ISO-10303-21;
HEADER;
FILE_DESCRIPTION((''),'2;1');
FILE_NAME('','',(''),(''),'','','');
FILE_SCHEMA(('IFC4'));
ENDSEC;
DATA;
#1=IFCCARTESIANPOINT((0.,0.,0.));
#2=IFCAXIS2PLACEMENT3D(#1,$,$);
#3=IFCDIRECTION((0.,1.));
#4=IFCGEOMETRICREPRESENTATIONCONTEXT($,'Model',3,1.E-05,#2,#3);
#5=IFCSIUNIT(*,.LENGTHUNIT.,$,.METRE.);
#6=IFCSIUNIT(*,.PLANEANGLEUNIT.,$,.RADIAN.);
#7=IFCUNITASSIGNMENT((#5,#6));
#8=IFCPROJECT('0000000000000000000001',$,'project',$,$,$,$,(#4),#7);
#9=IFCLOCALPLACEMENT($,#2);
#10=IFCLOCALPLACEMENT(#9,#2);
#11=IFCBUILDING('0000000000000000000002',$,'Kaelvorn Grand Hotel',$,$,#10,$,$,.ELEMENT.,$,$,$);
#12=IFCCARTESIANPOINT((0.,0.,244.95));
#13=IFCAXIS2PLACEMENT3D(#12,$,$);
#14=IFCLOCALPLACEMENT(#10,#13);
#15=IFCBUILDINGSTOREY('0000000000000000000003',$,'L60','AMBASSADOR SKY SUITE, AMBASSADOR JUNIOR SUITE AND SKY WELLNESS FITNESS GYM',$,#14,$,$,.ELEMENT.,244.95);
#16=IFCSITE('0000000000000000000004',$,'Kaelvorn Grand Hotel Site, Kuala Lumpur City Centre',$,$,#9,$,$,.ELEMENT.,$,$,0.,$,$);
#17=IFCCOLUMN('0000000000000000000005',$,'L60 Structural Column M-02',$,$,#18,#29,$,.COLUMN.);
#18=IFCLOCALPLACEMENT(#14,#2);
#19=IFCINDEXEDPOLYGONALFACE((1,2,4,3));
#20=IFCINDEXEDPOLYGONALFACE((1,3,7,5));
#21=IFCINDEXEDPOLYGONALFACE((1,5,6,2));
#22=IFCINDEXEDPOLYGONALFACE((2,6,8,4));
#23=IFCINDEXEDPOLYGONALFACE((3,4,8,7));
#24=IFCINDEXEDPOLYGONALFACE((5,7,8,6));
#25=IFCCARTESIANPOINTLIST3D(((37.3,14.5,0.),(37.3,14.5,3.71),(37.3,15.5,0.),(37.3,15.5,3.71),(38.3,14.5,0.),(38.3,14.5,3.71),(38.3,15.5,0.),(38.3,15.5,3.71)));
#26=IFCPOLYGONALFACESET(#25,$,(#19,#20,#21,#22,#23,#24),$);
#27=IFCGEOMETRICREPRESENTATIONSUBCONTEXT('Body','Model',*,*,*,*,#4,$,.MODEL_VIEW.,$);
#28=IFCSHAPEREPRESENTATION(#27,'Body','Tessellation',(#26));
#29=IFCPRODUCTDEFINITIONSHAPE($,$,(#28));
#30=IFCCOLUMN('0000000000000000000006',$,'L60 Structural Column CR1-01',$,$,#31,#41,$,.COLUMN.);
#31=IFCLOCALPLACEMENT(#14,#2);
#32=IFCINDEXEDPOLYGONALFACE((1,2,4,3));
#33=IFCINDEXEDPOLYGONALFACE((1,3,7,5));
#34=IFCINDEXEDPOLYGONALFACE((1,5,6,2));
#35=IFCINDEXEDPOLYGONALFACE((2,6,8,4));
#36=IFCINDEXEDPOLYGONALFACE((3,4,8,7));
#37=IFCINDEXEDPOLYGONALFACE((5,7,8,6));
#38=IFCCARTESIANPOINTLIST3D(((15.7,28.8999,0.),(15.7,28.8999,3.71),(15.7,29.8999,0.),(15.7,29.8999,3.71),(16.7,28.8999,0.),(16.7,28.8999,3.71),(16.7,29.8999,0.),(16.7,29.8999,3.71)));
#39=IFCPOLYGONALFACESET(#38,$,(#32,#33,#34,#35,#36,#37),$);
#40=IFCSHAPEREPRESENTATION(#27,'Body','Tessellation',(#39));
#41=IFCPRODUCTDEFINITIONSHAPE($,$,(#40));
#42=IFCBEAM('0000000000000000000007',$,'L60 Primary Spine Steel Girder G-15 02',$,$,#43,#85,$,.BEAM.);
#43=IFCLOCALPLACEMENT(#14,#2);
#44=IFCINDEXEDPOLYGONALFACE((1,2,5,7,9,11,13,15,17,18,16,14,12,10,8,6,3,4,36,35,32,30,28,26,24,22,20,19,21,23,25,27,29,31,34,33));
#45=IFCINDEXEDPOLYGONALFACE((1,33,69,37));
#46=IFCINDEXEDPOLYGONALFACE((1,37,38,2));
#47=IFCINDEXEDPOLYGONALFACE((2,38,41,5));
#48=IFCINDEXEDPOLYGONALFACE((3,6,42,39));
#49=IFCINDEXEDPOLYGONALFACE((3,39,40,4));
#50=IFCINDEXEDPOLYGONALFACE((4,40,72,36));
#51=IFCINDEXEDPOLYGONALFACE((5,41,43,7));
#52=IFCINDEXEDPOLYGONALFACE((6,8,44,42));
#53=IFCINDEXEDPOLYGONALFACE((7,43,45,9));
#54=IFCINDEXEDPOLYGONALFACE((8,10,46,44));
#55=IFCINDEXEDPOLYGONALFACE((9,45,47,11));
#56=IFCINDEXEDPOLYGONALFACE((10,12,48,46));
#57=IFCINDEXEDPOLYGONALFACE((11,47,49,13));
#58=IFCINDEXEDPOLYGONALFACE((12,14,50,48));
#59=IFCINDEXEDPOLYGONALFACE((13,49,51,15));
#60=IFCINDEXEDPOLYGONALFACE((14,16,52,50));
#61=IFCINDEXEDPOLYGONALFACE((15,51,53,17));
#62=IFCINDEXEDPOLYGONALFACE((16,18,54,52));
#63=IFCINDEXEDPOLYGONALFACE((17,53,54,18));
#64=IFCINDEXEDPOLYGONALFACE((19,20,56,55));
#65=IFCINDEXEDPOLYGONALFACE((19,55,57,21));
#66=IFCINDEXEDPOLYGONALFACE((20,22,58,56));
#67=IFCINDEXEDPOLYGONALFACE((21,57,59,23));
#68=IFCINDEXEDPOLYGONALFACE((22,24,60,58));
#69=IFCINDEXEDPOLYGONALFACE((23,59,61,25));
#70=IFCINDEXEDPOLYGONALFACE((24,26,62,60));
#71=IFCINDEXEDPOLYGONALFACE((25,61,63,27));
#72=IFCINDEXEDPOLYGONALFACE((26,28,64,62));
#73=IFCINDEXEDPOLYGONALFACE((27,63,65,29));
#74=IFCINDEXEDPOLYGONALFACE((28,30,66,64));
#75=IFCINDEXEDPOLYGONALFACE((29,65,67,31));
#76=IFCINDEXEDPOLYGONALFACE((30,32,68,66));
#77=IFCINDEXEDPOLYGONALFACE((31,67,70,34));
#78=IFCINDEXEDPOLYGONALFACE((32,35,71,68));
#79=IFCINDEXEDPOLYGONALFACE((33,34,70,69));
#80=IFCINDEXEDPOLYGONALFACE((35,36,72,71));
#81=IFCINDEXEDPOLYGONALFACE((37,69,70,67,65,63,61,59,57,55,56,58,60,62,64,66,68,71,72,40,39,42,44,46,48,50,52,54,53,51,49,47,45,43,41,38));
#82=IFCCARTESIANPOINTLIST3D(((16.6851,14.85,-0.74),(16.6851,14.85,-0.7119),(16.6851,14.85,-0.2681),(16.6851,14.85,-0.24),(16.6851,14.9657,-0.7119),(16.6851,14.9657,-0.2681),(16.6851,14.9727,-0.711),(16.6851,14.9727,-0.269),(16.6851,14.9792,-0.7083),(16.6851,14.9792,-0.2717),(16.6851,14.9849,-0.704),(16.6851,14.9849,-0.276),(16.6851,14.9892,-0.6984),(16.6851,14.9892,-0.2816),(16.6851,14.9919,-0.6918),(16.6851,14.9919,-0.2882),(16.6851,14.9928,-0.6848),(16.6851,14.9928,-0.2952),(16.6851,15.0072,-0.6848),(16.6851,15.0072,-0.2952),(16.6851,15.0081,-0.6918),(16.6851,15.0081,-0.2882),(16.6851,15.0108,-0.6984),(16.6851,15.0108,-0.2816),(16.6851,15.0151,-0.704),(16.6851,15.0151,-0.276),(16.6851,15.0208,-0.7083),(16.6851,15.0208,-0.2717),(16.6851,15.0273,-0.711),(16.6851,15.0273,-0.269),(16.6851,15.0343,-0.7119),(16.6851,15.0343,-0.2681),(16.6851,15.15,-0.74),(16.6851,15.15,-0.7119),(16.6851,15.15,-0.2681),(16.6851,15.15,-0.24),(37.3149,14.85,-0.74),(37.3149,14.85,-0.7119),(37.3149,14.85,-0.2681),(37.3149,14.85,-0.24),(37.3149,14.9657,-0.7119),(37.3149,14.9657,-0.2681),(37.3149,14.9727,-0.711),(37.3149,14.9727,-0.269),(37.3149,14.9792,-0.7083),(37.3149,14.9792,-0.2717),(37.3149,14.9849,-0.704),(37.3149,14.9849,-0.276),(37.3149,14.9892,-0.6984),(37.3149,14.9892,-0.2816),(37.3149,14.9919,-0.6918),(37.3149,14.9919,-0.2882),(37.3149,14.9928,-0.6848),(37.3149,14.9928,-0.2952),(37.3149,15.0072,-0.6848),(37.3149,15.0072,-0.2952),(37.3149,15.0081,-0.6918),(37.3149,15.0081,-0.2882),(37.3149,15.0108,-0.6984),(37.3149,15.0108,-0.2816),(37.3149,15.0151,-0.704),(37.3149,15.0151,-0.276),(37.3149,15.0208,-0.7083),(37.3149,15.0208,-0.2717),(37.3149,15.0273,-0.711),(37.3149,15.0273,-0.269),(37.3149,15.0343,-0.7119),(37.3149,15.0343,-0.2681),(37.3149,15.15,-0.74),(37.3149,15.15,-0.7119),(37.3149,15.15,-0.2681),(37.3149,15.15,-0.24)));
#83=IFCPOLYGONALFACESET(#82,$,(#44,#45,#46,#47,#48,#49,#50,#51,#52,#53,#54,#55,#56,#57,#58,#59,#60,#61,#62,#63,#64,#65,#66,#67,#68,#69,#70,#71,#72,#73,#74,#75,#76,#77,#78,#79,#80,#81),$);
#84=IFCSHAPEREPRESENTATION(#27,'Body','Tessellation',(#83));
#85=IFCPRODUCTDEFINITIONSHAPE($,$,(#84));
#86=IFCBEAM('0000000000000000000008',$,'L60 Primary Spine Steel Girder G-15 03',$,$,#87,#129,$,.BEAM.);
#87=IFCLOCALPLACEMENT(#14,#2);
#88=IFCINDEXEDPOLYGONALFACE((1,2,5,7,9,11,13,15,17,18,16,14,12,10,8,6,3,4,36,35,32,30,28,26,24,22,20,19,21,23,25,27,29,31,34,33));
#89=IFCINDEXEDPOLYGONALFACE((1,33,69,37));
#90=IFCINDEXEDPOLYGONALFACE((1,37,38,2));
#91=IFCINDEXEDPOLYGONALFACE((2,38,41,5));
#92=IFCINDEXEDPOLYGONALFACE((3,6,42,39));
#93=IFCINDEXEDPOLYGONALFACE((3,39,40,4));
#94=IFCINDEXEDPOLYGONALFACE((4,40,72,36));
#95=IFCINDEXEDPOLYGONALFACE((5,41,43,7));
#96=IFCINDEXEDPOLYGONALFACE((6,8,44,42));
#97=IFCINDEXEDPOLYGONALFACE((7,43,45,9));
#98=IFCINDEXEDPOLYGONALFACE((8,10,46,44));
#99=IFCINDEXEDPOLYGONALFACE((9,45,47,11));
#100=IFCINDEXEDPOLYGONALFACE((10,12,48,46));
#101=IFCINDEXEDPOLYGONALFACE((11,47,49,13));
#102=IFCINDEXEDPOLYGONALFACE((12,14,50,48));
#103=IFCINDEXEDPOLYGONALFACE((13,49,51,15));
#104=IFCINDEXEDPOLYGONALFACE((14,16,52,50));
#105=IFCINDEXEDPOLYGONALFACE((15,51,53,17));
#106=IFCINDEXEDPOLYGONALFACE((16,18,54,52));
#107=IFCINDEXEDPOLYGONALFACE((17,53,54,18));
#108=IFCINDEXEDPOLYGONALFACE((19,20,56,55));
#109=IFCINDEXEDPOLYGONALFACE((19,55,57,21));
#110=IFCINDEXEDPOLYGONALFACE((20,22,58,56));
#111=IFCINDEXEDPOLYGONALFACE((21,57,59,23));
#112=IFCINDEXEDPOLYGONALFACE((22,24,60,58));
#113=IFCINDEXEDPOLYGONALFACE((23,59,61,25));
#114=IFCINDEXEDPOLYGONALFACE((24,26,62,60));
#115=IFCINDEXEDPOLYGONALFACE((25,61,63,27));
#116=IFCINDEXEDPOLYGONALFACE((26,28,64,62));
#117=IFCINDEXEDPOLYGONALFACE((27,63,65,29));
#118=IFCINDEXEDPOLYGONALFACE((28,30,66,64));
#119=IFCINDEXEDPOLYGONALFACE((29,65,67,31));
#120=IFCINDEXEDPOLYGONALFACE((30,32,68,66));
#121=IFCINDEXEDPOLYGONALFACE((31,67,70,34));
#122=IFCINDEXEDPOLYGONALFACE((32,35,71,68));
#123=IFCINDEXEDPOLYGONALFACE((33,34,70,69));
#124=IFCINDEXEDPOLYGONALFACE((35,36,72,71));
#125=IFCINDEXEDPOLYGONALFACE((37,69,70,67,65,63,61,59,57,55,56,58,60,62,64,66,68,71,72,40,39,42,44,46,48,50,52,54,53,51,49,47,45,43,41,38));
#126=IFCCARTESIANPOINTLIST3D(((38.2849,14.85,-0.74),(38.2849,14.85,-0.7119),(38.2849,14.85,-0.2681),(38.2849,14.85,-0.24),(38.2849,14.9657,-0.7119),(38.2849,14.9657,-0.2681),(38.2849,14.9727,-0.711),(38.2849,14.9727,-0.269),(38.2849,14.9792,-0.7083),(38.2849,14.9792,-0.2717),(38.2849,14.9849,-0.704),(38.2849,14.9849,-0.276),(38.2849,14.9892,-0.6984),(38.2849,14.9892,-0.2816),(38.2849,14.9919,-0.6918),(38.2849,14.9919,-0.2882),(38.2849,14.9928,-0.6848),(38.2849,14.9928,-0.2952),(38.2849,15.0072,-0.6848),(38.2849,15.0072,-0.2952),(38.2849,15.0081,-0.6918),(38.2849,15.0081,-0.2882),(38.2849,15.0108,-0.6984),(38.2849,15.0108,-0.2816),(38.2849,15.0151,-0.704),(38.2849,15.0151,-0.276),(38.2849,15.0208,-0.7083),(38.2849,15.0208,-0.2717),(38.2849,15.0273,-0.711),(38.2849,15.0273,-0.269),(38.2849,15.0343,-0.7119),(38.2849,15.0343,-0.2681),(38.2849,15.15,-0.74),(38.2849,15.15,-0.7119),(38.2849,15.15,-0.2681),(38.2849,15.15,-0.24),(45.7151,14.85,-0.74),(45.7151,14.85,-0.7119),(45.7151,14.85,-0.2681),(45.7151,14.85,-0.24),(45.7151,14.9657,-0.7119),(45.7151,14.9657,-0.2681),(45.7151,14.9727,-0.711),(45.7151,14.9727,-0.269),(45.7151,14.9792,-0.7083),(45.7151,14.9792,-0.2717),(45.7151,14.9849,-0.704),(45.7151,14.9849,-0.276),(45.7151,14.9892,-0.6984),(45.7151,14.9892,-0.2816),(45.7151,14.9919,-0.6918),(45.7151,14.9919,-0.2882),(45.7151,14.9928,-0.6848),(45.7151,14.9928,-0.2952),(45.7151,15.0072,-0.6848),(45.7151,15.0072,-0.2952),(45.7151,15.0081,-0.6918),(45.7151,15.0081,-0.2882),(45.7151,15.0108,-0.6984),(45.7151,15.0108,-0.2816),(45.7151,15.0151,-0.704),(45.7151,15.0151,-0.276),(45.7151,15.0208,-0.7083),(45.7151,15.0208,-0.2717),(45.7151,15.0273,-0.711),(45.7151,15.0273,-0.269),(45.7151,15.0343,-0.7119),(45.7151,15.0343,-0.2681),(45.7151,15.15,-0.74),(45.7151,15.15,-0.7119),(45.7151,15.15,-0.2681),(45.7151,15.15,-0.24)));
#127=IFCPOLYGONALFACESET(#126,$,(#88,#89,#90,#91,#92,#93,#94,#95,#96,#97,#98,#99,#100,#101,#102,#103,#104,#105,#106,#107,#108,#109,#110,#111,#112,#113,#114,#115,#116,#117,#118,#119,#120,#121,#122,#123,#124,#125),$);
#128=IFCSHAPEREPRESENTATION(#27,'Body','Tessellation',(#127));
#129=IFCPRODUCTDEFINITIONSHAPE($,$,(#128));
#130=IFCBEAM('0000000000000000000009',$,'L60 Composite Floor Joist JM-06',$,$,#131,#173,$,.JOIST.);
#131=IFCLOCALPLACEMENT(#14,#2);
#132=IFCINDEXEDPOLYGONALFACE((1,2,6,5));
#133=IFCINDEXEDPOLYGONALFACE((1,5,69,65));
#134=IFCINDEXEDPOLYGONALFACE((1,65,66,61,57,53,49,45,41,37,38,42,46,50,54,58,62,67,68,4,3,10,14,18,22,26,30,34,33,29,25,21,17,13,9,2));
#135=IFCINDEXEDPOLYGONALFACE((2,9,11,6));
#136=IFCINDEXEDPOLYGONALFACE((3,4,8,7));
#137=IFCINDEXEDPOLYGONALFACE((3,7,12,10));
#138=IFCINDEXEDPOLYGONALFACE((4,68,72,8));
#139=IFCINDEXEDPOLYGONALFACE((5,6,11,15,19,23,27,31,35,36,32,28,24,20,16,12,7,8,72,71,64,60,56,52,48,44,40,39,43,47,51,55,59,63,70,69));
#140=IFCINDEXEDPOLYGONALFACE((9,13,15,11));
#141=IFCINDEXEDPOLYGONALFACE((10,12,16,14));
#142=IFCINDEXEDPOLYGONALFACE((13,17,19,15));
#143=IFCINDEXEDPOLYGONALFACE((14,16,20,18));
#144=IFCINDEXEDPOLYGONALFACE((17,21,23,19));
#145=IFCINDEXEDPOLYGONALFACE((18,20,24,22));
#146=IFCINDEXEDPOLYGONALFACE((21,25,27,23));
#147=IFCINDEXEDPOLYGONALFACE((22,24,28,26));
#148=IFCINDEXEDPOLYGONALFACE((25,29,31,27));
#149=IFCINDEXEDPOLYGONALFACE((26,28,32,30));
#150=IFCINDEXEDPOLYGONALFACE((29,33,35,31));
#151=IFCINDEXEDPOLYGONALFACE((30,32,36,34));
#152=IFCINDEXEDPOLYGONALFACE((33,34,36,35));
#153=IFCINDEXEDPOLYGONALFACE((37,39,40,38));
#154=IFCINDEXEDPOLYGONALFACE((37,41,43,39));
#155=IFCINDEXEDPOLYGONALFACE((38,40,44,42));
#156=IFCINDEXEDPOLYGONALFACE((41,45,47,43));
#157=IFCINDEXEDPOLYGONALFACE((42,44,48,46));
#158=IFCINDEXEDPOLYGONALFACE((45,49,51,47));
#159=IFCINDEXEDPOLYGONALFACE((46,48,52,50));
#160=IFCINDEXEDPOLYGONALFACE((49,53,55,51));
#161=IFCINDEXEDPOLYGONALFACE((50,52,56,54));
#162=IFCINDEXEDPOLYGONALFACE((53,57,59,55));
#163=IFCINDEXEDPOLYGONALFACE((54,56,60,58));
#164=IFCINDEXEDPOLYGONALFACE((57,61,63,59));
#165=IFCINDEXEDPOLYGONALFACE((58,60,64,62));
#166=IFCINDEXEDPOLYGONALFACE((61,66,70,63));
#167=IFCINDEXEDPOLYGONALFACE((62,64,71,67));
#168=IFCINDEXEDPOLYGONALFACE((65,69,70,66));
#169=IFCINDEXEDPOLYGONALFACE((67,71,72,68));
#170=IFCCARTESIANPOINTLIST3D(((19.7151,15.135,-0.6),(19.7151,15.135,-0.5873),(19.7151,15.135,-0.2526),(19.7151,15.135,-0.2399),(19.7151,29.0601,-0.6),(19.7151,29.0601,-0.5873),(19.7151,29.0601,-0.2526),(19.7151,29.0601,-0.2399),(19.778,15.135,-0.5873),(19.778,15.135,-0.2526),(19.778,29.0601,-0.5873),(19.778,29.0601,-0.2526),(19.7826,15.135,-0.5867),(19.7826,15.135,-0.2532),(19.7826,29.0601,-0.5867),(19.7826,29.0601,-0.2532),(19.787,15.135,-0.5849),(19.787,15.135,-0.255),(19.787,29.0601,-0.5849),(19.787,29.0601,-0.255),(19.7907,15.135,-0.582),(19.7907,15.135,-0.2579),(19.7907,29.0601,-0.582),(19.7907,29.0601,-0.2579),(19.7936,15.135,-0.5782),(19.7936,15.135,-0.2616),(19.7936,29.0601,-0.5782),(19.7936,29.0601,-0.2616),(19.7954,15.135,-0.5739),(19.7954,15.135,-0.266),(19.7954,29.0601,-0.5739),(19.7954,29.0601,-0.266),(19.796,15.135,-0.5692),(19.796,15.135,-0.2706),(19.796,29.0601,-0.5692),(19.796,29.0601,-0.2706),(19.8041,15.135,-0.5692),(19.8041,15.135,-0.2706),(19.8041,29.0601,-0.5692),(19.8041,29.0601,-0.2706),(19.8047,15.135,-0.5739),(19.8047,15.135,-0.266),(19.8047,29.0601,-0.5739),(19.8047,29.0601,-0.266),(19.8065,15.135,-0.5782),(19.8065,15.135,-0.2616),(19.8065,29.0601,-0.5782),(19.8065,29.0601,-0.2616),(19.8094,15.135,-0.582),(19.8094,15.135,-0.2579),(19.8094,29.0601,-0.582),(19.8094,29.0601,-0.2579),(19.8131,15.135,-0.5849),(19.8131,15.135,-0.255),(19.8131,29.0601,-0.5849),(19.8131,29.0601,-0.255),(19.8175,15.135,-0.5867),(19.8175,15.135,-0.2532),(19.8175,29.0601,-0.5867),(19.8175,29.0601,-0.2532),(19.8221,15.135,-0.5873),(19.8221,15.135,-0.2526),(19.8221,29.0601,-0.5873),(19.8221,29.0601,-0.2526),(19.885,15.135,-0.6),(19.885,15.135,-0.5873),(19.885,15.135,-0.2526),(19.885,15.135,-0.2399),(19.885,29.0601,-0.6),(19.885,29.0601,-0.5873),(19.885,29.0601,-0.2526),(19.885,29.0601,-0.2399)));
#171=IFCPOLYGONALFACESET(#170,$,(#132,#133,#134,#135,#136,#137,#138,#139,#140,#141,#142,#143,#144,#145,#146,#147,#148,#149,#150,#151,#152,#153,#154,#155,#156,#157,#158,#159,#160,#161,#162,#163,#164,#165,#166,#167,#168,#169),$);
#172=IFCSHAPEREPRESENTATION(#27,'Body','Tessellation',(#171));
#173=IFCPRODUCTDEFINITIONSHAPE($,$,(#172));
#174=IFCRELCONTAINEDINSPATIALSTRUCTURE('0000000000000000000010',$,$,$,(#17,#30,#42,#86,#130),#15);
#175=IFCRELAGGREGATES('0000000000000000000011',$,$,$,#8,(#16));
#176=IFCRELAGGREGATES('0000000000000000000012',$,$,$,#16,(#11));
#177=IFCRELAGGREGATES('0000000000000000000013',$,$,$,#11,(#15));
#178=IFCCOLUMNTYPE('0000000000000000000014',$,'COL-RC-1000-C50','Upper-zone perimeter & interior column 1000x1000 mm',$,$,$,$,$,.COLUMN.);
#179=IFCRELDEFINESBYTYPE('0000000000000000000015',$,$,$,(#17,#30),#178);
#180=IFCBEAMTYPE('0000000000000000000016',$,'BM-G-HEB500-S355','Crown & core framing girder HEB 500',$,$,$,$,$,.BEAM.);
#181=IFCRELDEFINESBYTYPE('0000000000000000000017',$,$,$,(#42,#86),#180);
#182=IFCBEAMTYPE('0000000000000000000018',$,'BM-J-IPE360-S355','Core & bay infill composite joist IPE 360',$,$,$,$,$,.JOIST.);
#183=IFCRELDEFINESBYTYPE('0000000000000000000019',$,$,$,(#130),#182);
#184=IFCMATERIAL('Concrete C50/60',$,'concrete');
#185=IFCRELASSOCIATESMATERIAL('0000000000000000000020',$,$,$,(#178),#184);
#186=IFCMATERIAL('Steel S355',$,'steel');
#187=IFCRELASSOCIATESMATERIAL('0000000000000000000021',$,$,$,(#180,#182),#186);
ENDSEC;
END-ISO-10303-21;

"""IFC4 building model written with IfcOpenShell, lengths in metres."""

from ifc_helpers import new_model, si_unit, direction, frame, origin, origin_2d, place, context, subcontext, project, spatial, rectangle, i_section, extrude, material, material_profile, profile_set, type_object, element, save


model = new_model("IFC4")

# Units and contexts
model_context = context("Model", 3, precision=1e-05, world=origin(), true_north=direction((0.0, 1.0)))
body_context = subcontext(model_context, "Body", "Model", "MODEL_VIEW")
ifc_project = project(units=[si_unit("LENGTHUNIT", "METRE"), si_unit("PLANEANGLEUNIT", "RADIAN")], contexts=[model_context])

# Site, building, storey
site_placement = place(None, origin())
site = spatial("IfcSite", under=ifc_project, at=site_placement, Name="Kaelvorn Grand Hotel Site, Kuala Lumpur City Centre", CompositionType="ELEMENT", RefElevation=0.0)
building_placement = place(site_placement, origin())
building = spatial("IfcBuilding", under=site, at=building_placement, Name="Kaelvorn Grand Hotel", CompositionType="ELEMENT")
storey_placement = place(building_placement, frame((0.0, 0.0, 244.95)))
storey = spatial("IfcBuildingStorey", under=building, at=storey_placement, Name="L60", Description="AMBASSADOR SKY SUITE, AMBASSADOR JUNIOR SUITE AND SKY WELLNESS FITNESS GYM", CompositionType="ELEMENT", Elevation=244.95)

# Columns
ifc_material_1 = material(Name="Concrete C50/60", Category="concrete")
ifc_material_profile_1 = material_profile(ifc_material_1, rectangle(XDim=1.0, YDim=1.0, at=origin_2d()), Name="RC COL 1000x1000")
ifc_profile_set_1 = profile_set([ifc_material_profile_1], Name="Concrete C50/60")
column_type = type_object("IfcColumnType", Name="COL-RC-1000-C50", Description="Upper-zone perimeter & interior column 1000x1000 mm", PredefinedType="COLUMN", material=ifc_profile_set_1)
for number, where, z_axis, x_axis, name in (
    (1, (37.8, 15.0, 0.0), (0.0, 0.0, 1.0), (1.0, 0.0, 0.0), "L60 Structural Column M-02"),
    (2, (16.2, 29.3999, 0.0), (0.0, 0.0, 1.0), (1.0, 0.0, 0.0), "L60 Structural Column CR1-01"),
):
    element("IfcColumn", number, at=place(storey_placement, frame(where, z_axis=z_axis, x_axis=x_axis)), inside=storey, type_object=column_type, Name=name, PredefinedType="COLUMN", context=body_context, shape_type="SweptSolid", body=[
        extrude(rectangle(XDim=1.0, YDim=1.0, at=origin_2d()), origin(), (0.0, 0.0, 1.0), 3.71),
    ])

# Beams
ifc_material_2 = material(Name="Steel S355", Category="steel")
ifc_material_profile_2 = material_profile(ifc_material_2, i_section(OverallWidth=0.3, OverallDepth=0.5, WebThickness=0.0144, FlangeThickness=0.0281, FilletRadius=0.0271, at=origin_2d()), Name="HEB 500")
ifc_profile_set_2 = profile_set([ifc_material_profile_2], Name="Steel S355")
beam_type_1 = type_object("IfcBeamType", Name="BM-G-HEB500-S355", Description="Crown & core framing girder HEB 500", PredefinedType="BEAM", material=ifc_profile_set_2)
beam_1_placement = place(storey_placement, frame((16.6851, 15.0, -0.49), z_axis=(1.0, 0.0, 0.0), x_axis=(0.0, 1.0, 0.0)))
element("IfcBeam", 3, at=beam_1_placement, inside=storey, type_object=beam_type_1, Name="L60 Primary Spine Steel Girder G-15 02", PredefinedType="BEAM", context=body_context, shape_type="SweptSolid", body=[
    extrude(i_section(OverallWidth=0.3, OverallDepth=0.5, WebThickness=0.0144, FlangeThickness=0.0281, FilletRadius=0.0271, at=origin_2d()), origin(), (0.0, 0.0, 1.0), 20.6299),
])
beam_2_placement = place(storey_placement, frame((38.2849, 15.0, -0.49), z_axis=(1.0, 0.0, 0.0), x_axis=(0.0, 1.0, 0.0)))
element("IfcBeam", 4, at=beam_2_placement, inside=storey, type_object=beam_type_1, Name="L60 Primary Spine Steel Girder G-15 03", PredefinedType="BEAM", context=body_context, shape_type="SweptSolid", body=[
    extrude(i_section(OverallWidth=0.3, OverallDepth=0.5, WebThickness=0.0144, FlangeThickness=0.0281, FilletRadius=0.0271, at=origin_2d()), origin(), (0.0, 0.0, 1.0), 7.4302),
])
ifc_material_profile_3 = material_profile(ifc_material_2, i_section(OverallWidth=0.1699, OverallDepth=0.3601, WebThickness=0.0081, FlangeThickness=0.0127, FilletRadius=0.0181, at=origin_2d()), Name="IPE 360")
ifc_profile_set_3 = profile_set([ifc_material_profile_3], Name="Steel S355")
beam_type_2 = type_object("IfcBeamType", Name="BM-J-IPE360-S355", Description="Core & bay infill composite joist IPE 360", PredefinedType="JOIST", material=ifc_profile_set_3)
beam_3_placement = place(storey_placement, frame((19.8, 15.135, -0.4199), z_axis=(0.0, 1.0, 0.0), x_axis=(-1.0, 0.0, 0.0)))
element("IfcBeam", 5, at=beam_3_placement, inside=storey, type_object=beam_type_2, Name="L60 Composite Floor Joist JM-06", PredefinedType="JOIST", context=body_context, shape_type="SweptSolid", body=[
    extrude(i_section(OverallWidth=0.1699, OverallDepth=0.3601, WebThickness=0.0081, FlangeThickness=0.0127, FilletRadius=0.0181, at=origin_2d()), origin(), (0.0, 0.0, 1.0), 13.925),
])

save(model, "model.ifc")
